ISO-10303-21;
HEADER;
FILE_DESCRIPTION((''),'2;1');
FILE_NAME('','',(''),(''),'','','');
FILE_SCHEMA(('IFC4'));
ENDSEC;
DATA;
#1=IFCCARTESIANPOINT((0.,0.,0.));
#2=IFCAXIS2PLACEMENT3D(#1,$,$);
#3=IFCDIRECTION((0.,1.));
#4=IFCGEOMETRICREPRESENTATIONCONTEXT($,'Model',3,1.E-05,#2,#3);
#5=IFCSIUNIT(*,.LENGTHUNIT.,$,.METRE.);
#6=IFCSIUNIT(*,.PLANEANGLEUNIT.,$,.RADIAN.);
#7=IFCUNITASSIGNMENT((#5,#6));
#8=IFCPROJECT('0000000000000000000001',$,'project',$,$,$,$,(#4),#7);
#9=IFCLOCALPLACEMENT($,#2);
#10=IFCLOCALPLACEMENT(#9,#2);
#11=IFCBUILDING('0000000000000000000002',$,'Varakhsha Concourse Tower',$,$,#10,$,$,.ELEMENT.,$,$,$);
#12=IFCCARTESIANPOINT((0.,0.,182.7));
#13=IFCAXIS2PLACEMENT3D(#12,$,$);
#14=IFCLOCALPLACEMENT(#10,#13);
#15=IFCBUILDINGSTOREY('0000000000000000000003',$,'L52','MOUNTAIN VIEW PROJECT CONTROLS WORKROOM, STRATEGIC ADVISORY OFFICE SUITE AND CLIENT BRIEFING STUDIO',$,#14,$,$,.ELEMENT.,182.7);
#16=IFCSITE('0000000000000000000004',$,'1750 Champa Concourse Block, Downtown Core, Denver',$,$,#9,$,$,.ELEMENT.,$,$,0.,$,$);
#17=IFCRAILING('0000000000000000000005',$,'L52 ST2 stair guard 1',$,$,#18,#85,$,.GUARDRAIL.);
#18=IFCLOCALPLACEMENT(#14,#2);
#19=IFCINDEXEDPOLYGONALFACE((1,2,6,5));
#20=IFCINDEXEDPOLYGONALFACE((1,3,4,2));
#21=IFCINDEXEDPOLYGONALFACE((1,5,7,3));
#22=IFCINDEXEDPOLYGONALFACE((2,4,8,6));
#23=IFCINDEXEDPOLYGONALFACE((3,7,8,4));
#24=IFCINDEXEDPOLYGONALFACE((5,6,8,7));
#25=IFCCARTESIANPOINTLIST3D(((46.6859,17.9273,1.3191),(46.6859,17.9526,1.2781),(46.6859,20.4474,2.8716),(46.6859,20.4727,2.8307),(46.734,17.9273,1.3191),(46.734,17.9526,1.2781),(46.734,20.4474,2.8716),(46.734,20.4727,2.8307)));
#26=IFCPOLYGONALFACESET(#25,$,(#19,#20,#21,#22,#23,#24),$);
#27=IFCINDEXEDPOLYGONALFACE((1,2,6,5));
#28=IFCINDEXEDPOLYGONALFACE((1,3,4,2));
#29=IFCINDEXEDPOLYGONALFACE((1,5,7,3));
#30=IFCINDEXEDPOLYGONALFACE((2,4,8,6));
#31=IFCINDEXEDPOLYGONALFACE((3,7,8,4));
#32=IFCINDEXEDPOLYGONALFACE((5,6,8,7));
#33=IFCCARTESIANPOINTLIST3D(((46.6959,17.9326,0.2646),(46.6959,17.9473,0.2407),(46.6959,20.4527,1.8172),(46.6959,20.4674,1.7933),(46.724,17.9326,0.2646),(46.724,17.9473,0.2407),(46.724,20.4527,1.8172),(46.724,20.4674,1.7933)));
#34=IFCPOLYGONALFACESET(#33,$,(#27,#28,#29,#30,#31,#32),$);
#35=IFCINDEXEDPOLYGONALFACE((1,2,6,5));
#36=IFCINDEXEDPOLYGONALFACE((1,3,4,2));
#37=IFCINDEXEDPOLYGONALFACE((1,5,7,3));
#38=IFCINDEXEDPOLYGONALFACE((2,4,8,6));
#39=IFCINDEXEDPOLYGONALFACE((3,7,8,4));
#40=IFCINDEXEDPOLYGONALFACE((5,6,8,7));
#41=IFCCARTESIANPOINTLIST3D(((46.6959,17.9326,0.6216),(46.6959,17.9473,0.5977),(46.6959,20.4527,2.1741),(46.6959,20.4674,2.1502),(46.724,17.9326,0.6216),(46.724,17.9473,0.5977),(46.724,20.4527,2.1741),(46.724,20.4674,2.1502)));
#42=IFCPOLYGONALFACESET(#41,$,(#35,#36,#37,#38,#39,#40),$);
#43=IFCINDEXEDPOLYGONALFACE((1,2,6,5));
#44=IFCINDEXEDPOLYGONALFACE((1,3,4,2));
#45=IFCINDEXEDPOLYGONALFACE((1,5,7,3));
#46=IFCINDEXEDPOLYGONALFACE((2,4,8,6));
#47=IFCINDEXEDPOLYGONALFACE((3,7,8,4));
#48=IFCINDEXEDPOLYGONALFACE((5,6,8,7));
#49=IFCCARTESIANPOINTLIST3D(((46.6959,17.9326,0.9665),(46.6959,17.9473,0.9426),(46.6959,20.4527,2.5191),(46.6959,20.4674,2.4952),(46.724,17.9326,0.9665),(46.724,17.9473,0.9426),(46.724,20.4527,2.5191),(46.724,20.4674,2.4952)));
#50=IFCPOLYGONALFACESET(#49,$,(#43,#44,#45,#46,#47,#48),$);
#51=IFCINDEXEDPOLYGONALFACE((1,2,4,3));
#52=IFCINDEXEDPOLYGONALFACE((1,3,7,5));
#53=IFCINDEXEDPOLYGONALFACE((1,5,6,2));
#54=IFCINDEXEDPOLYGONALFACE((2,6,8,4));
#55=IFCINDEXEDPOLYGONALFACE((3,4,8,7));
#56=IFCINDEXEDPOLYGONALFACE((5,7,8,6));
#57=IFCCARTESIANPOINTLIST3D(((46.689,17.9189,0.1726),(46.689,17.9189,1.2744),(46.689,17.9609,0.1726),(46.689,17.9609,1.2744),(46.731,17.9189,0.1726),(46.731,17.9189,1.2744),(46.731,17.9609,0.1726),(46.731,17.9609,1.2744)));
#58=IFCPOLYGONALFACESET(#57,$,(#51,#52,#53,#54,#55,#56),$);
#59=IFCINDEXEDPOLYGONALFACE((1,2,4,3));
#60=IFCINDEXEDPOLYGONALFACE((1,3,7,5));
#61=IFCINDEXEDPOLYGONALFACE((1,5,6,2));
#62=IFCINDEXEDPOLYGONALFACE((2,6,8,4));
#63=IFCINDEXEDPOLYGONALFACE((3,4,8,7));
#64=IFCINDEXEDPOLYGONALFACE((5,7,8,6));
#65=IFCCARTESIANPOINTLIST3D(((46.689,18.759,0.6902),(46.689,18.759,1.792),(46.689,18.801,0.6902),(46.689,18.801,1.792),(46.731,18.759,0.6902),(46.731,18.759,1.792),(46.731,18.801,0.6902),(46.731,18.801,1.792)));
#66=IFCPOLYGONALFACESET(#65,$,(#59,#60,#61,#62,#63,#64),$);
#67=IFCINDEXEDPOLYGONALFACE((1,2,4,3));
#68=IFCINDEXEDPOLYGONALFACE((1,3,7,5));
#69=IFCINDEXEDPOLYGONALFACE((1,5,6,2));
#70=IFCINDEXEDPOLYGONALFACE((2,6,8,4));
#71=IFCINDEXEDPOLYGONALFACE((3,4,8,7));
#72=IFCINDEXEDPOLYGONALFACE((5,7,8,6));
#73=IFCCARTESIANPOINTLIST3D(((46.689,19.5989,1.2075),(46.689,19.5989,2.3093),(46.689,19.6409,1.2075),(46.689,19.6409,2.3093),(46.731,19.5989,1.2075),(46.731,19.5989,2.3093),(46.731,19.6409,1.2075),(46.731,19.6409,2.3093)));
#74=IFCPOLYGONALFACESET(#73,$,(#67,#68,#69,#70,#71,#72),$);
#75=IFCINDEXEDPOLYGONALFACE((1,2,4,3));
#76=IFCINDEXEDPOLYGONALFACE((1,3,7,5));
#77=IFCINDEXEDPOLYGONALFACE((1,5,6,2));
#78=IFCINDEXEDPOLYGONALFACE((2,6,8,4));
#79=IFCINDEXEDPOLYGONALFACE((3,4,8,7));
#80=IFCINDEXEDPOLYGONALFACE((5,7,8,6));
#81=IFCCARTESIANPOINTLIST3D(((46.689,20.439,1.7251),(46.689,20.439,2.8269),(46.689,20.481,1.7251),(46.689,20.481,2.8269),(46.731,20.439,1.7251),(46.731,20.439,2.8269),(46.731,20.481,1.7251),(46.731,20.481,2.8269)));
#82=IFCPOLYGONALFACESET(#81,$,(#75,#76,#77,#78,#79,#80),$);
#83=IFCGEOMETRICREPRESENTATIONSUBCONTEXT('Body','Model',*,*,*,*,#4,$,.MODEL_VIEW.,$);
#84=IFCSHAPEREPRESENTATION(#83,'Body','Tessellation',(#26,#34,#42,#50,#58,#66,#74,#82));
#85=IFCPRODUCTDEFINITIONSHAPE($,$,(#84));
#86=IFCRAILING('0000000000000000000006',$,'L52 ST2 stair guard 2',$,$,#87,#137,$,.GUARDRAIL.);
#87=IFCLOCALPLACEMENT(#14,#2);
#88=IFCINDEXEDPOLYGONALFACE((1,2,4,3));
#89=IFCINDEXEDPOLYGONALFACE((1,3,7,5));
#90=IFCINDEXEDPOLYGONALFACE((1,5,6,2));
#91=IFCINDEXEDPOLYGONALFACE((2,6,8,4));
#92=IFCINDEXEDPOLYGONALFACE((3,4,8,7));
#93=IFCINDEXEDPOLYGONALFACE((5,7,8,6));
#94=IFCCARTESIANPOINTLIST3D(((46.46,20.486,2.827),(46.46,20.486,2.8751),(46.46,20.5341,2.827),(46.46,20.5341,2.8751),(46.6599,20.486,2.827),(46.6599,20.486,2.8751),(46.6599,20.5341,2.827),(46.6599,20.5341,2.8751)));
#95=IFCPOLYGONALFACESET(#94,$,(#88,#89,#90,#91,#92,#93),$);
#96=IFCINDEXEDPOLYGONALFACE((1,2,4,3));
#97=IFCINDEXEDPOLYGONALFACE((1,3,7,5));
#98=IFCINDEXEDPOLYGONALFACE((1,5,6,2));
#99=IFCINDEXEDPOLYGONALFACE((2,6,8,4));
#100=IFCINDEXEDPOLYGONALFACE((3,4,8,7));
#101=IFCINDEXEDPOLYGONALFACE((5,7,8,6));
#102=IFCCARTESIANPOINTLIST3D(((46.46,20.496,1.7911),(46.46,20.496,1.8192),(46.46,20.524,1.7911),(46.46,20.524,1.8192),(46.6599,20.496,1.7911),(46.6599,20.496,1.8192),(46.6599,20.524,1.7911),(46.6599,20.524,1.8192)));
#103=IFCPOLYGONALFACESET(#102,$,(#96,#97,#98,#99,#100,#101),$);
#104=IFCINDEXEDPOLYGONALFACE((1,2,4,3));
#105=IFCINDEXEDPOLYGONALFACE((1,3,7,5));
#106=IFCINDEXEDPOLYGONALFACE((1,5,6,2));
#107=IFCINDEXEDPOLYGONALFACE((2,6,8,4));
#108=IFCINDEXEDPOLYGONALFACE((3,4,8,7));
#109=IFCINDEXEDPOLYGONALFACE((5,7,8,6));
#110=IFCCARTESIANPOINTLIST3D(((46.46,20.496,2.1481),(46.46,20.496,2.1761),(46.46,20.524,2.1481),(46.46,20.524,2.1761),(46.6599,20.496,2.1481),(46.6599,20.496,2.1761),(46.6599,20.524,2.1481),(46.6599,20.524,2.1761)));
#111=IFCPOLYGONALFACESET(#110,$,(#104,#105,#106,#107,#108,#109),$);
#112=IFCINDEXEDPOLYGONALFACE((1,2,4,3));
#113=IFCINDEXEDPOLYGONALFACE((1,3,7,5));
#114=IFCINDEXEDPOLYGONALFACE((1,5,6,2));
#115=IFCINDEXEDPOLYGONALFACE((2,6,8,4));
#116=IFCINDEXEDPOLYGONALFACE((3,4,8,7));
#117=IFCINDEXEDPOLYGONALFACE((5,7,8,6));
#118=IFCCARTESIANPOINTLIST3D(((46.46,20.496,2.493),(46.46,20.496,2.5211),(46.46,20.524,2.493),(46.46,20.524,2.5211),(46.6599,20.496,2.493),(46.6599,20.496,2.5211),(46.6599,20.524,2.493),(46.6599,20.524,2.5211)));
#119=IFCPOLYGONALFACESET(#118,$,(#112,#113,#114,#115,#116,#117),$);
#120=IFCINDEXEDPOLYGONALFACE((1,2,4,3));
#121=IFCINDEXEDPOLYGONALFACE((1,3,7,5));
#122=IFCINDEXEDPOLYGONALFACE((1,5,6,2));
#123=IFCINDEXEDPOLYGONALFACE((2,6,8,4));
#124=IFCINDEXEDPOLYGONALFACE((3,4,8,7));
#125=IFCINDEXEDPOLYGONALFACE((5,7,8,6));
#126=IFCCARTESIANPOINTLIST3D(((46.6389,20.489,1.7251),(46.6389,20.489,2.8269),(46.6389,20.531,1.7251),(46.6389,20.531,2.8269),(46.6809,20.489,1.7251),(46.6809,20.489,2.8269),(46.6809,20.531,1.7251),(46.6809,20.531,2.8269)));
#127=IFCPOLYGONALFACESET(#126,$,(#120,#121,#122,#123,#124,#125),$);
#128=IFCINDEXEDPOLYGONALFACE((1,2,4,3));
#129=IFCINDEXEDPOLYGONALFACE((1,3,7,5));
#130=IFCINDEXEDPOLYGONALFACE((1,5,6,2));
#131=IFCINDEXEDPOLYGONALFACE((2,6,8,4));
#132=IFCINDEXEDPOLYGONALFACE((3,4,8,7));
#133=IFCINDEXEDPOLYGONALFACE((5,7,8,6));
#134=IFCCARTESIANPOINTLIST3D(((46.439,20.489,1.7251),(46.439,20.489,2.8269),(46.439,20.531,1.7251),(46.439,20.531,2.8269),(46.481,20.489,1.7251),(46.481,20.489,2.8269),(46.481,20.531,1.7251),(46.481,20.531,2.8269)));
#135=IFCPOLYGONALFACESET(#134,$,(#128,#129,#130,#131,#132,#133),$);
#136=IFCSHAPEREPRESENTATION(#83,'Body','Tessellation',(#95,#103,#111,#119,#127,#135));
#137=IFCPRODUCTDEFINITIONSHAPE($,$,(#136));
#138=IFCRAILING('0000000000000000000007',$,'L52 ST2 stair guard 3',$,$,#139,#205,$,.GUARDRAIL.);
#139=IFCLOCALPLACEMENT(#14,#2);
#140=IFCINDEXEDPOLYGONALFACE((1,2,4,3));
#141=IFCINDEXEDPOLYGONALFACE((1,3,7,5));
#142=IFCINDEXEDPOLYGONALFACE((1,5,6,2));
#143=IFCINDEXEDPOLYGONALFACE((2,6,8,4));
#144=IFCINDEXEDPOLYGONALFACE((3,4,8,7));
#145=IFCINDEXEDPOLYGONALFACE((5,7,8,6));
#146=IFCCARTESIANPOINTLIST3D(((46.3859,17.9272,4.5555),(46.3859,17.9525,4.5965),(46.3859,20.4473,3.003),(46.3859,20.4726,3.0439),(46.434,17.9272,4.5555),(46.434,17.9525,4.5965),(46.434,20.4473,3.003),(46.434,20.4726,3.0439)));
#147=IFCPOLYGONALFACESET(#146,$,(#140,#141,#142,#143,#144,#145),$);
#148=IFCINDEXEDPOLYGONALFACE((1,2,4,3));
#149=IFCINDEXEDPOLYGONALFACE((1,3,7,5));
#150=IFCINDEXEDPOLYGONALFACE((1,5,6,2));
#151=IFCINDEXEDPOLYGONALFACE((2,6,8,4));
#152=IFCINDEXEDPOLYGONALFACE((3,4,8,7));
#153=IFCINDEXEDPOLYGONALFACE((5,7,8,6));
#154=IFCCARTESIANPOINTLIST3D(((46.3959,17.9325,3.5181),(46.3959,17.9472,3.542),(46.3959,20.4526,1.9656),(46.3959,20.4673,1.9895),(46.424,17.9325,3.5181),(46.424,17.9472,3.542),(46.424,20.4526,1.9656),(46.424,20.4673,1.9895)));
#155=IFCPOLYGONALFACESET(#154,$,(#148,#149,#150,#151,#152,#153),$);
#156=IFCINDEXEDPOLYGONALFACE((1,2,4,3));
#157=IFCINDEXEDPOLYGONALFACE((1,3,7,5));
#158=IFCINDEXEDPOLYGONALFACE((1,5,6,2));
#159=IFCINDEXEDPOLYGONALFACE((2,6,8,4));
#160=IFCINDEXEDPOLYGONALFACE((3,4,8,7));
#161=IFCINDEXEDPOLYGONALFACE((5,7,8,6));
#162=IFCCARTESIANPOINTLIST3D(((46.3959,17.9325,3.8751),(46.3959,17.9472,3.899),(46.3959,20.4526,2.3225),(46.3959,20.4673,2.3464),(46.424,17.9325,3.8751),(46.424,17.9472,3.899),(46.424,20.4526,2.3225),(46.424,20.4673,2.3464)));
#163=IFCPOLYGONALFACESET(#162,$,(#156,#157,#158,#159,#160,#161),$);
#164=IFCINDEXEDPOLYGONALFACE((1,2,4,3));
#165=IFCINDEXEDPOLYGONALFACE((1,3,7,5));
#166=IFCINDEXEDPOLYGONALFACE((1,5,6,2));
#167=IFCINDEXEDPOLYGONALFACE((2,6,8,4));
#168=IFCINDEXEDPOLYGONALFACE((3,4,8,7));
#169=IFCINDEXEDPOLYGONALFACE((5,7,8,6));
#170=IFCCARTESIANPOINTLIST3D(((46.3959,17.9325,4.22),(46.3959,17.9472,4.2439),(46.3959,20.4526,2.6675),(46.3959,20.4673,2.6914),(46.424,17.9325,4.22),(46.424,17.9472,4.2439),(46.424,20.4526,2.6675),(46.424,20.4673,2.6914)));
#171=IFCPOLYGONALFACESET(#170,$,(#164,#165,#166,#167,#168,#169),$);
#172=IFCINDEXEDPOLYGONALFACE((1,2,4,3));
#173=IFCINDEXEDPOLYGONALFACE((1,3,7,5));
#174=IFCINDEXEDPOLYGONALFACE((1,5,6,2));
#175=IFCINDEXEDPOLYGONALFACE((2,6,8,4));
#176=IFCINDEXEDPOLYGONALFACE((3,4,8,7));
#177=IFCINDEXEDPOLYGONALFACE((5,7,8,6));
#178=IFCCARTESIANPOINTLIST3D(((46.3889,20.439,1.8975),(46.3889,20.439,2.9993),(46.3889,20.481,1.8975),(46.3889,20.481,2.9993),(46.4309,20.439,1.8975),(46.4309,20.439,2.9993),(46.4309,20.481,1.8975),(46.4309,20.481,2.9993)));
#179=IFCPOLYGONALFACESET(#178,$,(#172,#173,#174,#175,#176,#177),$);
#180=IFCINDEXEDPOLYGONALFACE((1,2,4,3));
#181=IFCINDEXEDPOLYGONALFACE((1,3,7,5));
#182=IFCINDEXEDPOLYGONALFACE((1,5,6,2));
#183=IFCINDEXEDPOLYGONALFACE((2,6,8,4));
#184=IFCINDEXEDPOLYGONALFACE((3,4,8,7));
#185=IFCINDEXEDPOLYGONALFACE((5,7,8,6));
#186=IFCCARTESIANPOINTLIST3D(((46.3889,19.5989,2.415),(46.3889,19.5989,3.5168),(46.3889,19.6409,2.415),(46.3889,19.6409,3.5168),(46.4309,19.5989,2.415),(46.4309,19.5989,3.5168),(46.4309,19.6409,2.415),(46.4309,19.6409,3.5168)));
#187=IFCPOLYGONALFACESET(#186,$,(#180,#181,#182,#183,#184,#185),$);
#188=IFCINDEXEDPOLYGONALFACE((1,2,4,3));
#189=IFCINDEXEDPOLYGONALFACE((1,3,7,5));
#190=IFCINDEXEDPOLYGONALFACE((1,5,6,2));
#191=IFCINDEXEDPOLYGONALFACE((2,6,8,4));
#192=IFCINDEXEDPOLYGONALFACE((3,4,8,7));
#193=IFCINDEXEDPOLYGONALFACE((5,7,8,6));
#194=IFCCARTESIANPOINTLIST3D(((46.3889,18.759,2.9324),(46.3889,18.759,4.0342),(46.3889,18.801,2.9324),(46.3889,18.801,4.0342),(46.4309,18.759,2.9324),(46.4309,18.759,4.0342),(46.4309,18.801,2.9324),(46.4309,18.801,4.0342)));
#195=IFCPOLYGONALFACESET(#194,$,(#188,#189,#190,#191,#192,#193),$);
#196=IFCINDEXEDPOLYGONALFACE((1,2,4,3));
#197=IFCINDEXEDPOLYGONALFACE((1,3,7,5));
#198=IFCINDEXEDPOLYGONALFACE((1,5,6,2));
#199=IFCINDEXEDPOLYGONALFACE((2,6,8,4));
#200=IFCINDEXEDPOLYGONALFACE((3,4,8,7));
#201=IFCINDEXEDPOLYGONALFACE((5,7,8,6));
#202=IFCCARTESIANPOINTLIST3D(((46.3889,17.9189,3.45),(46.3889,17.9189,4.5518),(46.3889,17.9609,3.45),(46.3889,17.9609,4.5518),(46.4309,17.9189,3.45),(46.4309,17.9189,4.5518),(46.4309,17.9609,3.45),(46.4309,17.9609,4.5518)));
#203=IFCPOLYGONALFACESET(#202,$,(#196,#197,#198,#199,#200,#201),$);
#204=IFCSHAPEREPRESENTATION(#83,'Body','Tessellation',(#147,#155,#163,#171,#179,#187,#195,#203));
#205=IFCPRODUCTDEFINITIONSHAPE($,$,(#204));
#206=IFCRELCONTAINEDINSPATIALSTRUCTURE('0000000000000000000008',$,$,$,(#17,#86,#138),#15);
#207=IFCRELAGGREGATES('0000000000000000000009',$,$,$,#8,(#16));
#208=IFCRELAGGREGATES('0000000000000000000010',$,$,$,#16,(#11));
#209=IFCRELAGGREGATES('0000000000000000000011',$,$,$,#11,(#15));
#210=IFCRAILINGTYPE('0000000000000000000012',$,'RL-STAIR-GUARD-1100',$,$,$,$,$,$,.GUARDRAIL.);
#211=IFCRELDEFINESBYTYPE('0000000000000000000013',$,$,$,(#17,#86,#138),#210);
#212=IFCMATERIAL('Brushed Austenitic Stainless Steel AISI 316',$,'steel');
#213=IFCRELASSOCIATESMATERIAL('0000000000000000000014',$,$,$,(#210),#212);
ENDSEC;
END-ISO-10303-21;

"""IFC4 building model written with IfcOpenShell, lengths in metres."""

from ifc_helpers import new_model, si_unit, direction, frame, origin, origin_2d, place, context, subcontext, project, spatial, rectangle, extrude, material, type_object, element, save


model = new_model("IFC4")

# Units and contexts
model_context = context("Model", 3, precision=1e-05, world=origin(), true_north=direction((0.0, 1.0)))
body_context = subcontext(model_context, "Body", "Model", "MODEL_VIEW")
ifc_project = project(units=[si_unit("LENGTHUNIT", "METRE"), si_unit("PLANEANGLEUNIT", "RADIAN")], contexts=[model_context])

# Site, building, storey
site_placement = place(None, origin())
site = spatial("IfcSite", under=ifc_project, at=site_placement, Name="1750 Champa Concourse Block, Downtown Core, Denver", CompositionType="ELEMENT", RefElevation=0.0)
building_placement = place(site_placement, origin())
building = spatial("IfcBuilding", under=site, at=building_placement, Name="Varakhsha Concourse Tower", CompositionType="ELEMENT")
storey_placement = place(building_placement, frame((0.0, 0.0, 182.7)))
storey = spatial("IfcBuildingStorey", under=building, at=storey_placement, Name="L52", Description="MOUNTAIN VIEW PROJECT CONTROLS WORKROOM, STRATEGIC ADVISORY OFFICE SUITE AND CLIENT BRIEFING STUDIO", CompositionType="ELEMENT", Elevation=182.7)

# Railings
ifc_material_1 = material(Name="Brushed Austenitic Stainless Steel AISI 316", Category="steel")
railing_type_1 = type_object("IfcRailingType", Name="RL-STAIR-GUARD-1100", PredefinedType="GUARDRAIL", material=ifc_material_1)
railing_1_placement = place(storey_placement, frame((46.71, 17.9399, 0.1726)))
element("IfcRailing", 1, at=railing_1_placement, inside=storey, type_object=railing_type_1, Name="L52 ST2 stair guard 1", PredefinedType="GUARDRAIL", context=body_context, shape_type="SweptSolid", body=[
    extrude(rectangle(XDim=0.0481, YDim=0.0481, at=origin_2d()), frame((0.0, 0.0, 1.126), z_axis=(0.0, 0.8514, 0.524516), x_axis=(-1.0, 0.0, 0.0)), (0.0, 0.0, 1.0), 2.96),
    extrude(rectangle(XDim=0.0281, YDim=0.0281, at=origin_2d()), frame((0.0, 0.0, 0.0801), z_axis=(0.0, 0.8514, 0.524516), x_axis=(-1.0, 0.0, 0.0)), (0.0, 0.0, 1.0), 2.96),
    extrude(rectangle(XDim=0.0281, YDim=0.0281, at=origin_2d()), frame((0.0, 0.0, 0.437), z_axis=(0.0, 0.8514, 0.524516), x_axis=(-1.0, 0.0, 0.0)), (0.0, 0.0, 1.0), 2.96),
    extrude(rectangle(XDim=0.0281, YDim=0.0281, at=origin_2d()), frame((0.0, 0.0, 0.782), z_axis=(0.0, 0.8514, 0.524516), x_axis=(-1.0, 0.0, 0.0)), (0.0, 0.0, 1.0), 2.96),
    extrude(rectangle(XDim=0.042, YDim=0.042, at=origin_2d()), origin(), (0.0, 0.0, 1.0), 1.1018),
    extrude(rectangle(XDim=0.042, YDim=0.042, at=origin_2d()), frame((0.0, 0.8401, 0.5176)), (0.0, 0.0, 1.0), 1.1018),
    extrude(rectangle(XDim=0.042, YDim=0.042, at=origin_2d()), frame((0.0, 1.6799, 1.0349)), (0.0, 0.0, 1.0), 1.1018),
    extrude(rectangle(XDim=0.042, YDim=0.042, at=origin_2d()), frame((0.0, 2.52, 1.5525)), (0.0, 0.0, 1.0), 1.1018),
])
railing_2_placement = place(storey_placement, frame((46.6599, 20.51, 1.7251)))
element("IfcRailing", 2, at=railing_2_placement, inside=storey, type_object=railing_type_1, Name="L52 ST2 stair guard 2", PredefinedType="GUARDRAIL", context=body_context, shape_type="SweptSolid", body=[
    extrude(rectangle(XDim=0.0481, YDim=0.0481, at=origin_2d()), frame((0.0, 0.0, 1.126), z_axis=(-1.0, 0.0, 0.0), x_axis=(0.0, -1.0, 0.0)), (0.0, 0.0, 1.0), 0.2),
    extrude(rectangle(XDim=0.0281, YDim=0.0281, at=origin_2d()), frame((0.0, 0.0, 0.0801), z_axis=(-1.0, 0.0, 0.0), x_axis=(0.0, -1.0, 0.0)), (0.0, 0.0, 1.0), 0.2),
    extrude(rectangle(XDim=0.0281, YDim=0.0281, at=origin_2d()), frame((0.0, 0.0, 0.437), z_axis=(-1.0, 0.0, 0.0), x_axis=(0.0, -1.0, 0.0)), (0.0, 0.0, 1.0), 0.2),
    extrude(rectangle(XDim=0.0281, YDim=0.0281, at=origin_2d()), frame((0.0, 0.0, 0.782), z_axis=(-1.0, 0.0, 0.0), x_axis=(0.0, -1.0, 0.0)), (0.0, 0.0, 1.0), 0.2),
    extrude(rectangle(XDim=0.042, YDim=0.042, at=origin_2d()), origin(), (0.0, 0.0, 1.0), 1.1018),
    extrude(rectangle(XDim=0.042, YDim=0.042, at=origin_2d()), frame((-0.2, 0.0, 0.0)), (0.0, 0.0, 1.0), 1.1018),
])
railing_3_placement = place(storey_placement, frame((46.4099, 20.46, 1.8975)))
element("IfcRailing", 3, at=railing_3_placement, inside=storey, type_object=railing_type_1, Name="L52 ST2 stair guard 3", PredefinedType="GUARDRAIL", context=body_context, shape_type="SweptSolid", body=[
    extrude(rectangle(XDim=0.0481, YDim=0.0481, at=origin_2d()), frame((0.0, 0.0, 1.126), z_axis=(0.0, -0.8514, 0.524516), x_axis=(1.0, 0.0, 0.0)), (0.0, 0.0, 1.0), 2.96),
    extrude(rectangle(XDim=0.0281, YDim=0.0281, at=origin_2d()), frame((0.0, 0.0, 0.0801), z_axis=(0.0, -0.8514, 0.524516), x_axis=(1.0, 0.0, 0.0)), (0.0, 0.0, 1.0), 2.96),
    extrude(rectangle(XDim=0.0281, YDim=0.0281, at=origin_2d()), frame((0.0, 0.0, 0.437), z_axis=(0.0, -0.8514, 0.524516), x_axis=(1.0, 0.0, 0.0)), (0.0, 0.0, 1.0), 2.96),
    extrude(rectangle(XDim=0.0281, YDim=0.0281, at=origin_2d()), frame((0.0, 0.0, 0.782), z_axis=(0.0, -0.8514, 0.524516), x_axis=(1.0, 0.0, 0.0)), (0.0, 0.0, 1.0), 2.96),
    extrude(rectangle(XDim=0.042, YDim=0.042, at=origin_2d()), origin(), (0.0, 0.0, 1.0), 1.1018),
    extrude(rectangle(XDim=0.042, YDim=0.042, at=origin_2d()), frame((0.0, -0.8401, 0.5176)), (0.0, 0.0, 1.0), 1.1018),
    extrude(rectangle(XDim=0.042, YDim=0.042, at=origin_2d()), frame((0.0, -1.6799, 1.0349)), (0.0, 0.0, 1.0), 1.1018),
    extrude(rectangle(XDim=0.042, YDim=0.042, at=origin_2d()), frame((0.0, -2.52, 1.5525)), (0.0, 0.0, 1.0), 1.1018),
])

save(model, "model.ifc")
